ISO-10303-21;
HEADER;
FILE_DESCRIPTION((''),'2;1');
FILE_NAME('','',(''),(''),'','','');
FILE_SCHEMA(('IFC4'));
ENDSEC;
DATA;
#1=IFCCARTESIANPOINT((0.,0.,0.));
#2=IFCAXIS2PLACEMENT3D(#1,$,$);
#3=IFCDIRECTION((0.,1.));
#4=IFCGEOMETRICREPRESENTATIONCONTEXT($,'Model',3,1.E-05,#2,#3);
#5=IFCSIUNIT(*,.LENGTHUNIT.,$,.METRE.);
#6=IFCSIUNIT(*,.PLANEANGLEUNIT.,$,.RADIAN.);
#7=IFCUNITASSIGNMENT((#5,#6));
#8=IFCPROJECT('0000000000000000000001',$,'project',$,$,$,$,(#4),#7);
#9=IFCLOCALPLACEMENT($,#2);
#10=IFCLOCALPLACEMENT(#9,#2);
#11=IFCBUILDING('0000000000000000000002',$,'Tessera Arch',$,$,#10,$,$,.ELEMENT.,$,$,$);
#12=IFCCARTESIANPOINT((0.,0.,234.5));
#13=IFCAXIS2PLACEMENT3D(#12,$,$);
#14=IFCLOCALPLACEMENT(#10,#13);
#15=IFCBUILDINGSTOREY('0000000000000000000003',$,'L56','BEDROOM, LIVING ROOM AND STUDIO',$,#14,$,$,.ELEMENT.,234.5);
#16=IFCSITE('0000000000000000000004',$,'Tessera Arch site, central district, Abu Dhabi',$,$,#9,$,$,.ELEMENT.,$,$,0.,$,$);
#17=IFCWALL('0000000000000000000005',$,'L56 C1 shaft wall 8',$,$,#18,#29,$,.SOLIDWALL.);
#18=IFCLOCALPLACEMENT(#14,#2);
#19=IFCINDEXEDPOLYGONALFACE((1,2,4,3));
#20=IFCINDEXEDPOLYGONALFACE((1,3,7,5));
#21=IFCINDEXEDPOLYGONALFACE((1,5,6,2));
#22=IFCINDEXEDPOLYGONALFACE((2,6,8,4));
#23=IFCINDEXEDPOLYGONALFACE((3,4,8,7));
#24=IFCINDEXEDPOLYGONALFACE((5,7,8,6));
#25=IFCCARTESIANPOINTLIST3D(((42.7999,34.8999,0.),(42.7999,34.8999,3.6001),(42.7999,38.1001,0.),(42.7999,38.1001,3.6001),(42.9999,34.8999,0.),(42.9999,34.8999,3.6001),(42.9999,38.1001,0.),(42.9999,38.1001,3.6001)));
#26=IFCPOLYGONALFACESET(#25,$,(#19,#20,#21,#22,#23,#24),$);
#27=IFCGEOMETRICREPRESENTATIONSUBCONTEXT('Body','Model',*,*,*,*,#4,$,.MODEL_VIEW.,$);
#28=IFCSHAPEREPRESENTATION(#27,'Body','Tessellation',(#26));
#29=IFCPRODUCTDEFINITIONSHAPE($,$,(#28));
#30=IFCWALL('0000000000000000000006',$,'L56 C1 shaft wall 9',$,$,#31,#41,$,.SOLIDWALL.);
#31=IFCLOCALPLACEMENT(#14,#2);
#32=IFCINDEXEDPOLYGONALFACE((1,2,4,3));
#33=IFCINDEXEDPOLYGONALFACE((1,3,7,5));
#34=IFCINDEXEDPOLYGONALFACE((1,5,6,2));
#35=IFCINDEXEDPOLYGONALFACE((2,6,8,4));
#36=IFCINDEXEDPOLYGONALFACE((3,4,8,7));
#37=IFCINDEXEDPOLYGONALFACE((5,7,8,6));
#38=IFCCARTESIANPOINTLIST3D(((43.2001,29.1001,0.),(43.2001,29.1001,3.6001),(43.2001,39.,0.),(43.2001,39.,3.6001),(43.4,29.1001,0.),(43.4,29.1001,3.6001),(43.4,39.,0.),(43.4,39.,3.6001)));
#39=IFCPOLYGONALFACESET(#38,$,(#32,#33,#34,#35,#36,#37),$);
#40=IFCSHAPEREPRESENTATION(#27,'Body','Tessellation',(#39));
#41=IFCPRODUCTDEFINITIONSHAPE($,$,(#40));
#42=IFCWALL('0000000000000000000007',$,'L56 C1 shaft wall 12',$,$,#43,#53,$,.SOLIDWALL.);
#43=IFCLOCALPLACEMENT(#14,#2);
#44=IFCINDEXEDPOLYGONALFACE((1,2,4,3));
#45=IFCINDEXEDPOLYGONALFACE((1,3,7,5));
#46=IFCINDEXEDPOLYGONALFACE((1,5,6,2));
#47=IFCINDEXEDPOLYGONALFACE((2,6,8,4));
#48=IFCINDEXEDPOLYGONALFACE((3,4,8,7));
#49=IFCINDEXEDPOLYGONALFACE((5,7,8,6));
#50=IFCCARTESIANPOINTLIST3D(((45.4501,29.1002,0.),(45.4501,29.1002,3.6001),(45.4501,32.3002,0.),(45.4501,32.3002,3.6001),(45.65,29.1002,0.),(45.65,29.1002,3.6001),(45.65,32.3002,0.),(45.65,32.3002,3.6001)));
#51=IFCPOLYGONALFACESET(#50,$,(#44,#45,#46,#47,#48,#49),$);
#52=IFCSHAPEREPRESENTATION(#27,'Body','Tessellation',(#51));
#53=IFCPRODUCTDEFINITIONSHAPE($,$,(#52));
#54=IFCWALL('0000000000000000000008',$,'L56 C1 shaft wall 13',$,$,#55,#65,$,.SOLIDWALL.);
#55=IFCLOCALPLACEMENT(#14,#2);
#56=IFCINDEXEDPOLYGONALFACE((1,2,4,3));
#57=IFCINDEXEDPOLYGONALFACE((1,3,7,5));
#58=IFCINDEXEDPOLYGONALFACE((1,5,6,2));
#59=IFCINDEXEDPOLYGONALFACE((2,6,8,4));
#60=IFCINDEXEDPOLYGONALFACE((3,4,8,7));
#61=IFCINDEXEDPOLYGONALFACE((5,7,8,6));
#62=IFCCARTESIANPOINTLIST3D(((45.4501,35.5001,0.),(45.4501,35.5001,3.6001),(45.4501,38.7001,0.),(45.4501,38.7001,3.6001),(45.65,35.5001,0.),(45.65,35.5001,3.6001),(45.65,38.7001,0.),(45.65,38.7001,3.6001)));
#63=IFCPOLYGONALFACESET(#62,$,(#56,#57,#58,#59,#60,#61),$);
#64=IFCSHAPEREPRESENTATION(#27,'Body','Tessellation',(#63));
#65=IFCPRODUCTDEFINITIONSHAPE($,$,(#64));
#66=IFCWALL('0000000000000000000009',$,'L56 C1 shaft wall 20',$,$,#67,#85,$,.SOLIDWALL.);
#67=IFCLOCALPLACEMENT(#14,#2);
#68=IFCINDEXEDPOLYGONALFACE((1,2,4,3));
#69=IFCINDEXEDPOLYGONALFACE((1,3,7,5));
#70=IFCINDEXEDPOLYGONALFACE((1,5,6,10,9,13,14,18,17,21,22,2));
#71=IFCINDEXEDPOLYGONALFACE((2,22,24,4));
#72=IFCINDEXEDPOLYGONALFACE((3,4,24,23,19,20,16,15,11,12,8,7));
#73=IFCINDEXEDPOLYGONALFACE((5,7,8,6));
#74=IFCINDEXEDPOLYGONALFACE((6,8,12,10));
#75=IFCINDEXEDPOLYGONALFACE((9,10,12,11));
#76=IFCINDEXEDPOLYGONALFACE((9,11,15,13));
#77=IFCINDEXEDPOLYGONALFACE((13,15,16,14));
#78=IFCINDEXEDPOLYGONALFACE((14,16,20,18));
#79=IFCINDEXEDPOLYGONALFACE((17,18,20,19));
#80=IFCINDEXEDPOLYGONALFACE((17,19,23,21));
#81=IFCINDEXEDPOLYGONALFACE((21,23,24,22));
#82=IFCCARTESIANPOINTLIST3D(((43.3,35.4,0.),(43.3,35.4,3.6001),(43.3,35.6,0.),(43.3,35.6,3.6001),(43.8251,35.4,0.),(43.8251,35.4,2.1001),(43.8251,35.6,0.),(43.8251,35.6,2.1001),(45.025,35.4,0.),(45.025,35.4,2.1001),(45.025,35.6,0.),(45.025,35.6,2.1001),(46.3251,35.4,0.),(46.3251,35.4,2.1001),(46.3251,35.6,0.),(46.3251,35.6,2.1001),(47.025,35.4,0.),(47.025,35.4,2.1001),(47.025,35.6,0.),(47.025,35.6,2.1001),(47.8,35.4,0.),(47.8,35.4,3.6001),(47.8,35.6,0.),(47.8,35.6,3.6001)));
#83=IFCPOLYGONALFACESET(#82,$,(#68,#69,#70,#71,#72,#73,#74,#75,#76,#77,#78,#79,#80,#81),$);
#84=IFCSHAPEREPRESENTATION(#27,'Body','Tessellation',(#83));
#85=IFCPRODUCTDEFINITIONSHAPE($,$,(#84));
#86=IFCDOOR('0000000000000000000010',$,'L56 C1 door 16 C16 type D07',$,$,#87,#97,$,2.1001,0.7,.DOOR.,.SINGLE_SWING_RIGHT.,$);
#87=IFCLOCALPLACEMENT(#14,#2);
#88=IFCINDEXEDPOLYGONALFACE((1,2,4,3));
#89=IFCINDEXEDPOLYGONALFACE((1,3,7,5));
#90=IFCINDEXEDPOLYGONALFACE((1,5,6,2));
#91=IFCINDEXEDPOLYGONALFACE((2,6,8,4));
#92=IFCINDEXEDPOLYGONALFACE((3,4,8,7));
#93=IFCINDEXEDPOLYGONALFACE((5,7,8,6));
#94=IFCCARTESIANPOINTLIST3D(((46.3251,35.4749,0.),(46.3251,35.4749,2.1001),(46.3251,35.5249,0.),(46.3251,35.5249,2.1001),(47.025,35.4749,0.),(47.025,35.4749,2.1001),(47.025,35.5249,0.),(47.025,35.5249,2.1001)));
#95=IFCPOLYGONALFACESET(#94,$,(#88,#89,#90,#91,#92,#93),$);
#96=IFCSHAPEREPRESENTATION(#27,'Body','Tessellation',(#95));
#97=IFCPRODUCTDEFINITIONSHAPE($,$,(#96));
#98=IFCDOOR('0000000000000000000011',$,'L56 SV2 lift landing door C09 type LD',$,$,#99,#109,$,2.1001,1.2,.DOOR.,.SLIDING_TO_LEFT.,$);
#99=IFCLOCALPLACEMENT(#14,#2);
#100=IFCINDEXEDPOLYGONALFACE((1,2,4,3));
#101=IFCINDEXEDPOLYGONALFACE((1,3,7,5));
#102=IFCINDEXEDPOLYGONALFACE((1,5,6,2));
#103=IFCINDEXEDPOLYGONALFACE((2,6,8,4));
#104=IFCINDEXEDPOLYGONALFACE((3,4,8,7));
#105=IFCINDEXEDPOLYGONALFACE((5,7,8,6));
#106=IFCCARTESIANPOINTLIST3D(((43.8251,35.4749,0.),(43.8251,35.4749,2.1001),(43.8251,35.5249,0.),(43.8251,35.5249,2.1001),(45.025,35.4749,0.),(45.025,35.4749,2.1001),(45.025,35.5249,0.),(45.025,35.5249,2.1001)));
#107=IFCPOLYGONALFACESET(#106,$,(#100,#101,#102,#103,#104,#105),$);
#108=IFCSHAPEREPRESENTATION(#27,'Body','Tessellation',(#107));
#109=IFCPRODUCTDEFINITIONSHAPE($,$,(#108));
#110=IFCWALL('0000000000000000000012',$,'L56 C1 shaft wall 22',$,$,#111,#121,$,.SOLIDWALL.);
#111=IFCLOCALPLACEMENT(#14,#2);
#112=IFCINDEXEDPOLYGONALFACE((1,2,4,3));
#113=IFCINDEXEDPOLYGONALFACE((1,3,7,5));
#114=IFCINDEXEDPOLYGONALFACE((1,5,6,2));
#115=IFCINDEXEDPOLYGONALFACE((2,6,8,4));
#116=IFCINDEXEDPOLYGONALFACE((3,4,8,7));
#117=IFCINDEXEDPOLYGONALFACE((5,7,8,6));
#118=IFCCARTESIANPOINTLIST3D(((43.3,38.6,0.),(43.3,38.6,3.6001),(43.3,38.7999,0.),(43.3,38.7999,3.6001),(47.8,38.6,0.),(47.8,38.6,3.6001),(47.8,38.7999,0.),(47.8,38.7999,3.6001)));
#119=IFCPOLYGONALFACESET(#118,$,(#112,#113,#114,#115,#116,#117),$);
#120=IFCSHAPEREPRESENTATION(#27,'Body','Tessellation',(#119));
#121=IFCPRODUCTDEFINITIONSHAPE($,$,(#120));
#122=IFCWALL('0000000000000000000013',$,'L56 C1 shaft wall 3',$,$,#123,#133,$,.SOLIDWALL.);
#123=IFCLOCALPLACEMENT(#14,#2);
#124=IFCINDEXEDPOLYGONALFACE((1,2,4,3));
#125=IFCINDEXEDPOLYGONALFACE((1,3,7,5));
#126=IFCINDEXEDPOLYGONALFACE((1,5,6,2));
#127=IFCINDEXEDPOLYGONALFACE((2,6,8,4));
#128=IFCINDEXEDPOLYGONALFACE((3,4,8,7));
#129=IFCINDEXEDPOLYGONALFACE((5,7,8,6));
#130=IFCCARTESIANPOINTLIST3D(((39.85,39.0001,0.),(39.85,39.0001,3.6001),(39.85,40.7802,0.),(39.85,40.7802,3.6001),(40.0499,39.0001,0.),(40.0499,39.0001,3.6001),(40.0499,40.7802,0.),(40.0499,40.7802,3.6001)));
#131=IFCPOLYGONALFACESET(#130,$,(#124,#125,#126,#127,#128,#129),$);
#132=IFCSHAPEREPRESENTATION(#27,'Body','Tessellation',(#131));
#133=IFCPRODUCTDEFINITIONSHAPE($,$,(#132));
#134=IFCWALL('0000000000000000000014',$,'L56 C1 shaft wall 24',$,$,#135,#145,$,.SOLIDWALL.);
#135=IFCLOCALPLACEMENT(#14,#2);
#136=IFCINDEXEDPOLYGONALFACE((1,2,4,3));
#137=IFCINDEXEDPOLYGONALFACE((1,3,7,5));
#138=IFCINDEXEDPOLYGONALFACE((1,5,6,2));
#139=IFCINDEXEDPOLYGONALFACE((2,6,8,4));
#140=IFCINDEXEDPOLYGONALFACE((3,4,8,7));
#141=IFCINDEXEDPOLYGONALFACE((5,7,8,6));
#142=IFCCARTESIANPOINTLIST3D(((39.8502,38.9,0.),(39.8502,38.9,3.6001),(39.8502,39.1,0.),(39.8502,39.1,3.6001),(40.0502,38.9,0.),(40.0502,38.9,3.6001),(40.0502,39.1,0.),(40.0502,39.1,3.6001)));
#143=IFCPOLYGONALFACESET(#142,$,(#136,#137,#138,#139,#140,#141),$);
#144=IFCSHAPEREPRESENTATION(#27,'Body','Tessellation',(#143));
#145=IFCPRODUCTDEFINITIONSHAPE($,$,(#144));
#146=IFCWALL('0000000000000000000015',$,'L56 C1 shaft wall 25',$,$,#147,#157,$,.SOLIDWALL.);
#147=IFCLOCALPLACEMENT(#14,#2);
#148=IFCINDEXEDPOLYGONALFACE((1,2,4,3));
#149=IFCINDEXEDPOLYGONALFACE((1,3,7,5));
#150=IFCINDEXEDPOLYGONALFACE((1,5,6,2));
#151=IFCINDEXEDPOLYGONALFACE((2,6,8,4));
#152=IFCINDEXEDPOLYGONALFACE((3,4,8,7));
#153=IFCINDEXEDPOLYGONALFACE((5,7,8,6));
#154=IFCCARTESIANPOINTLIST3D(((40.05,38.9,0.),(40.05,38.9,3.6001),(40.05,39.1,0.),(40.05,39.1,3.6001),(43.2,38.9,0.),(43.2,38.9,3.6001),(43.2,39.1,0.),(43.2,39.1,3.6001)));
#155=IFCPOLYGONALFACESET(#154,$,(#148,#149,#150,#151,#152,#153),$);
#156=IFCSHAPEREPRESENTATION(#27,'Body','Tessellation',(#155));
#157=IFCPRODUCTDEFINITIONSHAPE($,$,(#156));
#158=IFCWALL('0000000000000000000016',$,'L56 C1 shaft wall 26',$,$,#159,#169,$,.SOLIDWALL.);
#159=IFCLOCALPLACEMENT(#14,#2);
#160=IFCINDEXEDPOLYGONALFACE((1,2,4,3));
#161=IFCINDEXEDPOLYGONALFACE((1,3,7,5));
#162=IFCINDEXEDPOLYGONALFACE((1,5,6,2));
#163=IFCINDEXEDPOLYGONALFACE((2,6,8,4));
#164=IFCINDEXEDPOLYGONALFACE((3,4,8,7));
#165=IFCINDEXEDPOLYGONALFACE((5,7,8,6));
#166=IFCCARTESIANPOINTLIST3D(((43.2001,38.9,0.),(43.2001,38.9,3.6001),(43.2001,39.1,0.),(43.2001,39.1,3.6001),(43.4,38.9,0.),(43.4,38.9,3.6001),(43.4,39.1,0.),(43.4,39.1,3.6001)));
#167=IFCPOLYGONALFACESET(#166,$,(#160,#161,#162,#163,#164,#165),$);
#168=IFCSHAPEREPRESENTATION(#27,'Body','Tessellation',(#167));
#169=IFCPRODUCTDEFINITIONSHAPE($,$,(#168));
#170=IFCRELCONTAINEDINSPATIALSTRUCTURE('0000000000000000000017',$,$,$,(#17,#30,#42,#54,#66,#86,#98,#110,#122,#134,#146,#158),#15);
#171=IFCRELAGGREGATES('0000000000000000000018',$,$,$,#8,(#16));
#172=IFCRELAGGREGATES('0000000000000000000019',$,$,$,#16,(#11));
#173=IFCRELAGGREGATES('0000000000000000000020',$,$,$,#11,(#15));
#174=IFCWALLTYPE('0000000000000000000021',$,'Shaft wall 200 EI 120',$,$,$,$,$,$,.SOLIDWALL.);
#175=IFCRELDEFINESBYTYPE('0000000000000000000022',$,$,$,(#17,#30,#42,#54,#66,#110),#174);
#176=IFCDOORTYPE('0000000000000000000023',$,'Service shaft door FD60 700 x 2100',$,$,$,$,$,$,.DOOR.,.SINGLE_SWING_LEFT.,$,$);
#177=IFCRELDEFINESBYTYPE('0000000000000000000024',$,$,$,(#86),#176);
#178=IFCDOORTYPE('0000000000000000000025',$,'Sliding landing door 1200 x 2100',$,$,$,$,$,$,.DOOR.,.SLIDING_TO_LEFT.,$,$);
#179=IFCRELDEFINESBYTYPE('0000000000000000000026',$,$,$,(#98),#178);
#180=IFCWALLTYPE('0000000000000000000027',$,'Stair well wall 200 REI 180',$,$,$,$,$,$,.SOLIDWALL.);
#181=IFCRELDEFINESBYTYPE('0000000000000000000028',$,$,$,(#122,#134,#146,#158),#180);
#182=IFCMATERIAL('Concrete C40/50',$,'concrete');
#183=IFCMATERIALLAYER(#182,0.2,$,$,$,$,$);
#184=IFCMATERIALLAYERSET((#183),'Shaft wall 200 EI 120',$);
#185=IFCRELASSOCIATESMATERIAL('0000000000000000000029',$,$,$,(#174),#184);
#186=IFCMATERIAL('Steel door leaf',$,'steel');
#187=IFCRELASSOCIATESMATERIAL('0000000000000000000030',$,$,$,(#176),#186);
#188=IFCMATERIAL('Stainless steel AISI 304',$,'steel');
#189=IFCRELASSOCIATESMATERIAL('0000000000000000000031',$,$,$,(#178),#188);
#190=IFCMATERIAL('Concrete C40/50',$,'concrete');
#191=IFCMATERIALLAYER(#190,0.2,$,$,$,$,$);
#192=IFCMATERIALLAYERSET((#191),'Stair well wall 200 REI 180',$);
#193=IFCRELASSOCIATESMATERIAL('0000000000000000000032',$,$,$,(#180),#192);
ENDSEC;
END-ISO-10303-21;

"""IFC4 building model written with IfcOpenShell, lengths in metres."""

from ifc_helpers import new_model, si_unit, direction, frame, frame_2d, origin, place, context, subcontext, project, spatial, rectangle, extrude, material, layer, layer_set, type_object, element, fill, save


model = new_model("IFC4")

# Units and contexts
model_context = context("Model", 3, precision=1e-05, world=origin(), true_north=direction((0.0, 1.0)))
body_context = subcontext(model_context, "Body", "Model", "MODEL_VIEW")
ifc_project = project(units=[si_unit("LENGTHUNIT", "METRE"), si_unit("PLANEANGLEUNIT", "RADIAN")], contexts=[model_context])

# Site, building, storey
site_placement = place(None, origin())
site = spatial("IfcSite", under=ifc_project, at=site_placement, Name="Tessera Arch site, central district, Abu Dhabi", CompositionType="ELEMENT", RefElevation=0.0)
building_placement = place(site_placement, origin())
building = spatial("IfcBuilding", under=site, at=building_placement, Name="Tessera Arch", CompositionType="ELEMENT")
storey_placement = place(building_placement, frame((0.0, 0.0, 234.5)))
storey = spatial("IfcBuildingStorey", under=building, at=storey_placement, Name="L56", Description="BEDROOM, LIVING ROOM AND STUDIO", CompositionType="ELEMENT", Elevation=234.5)

# Walls
ifc_material_1 = material(Name="Concrete C40/50", Category="concrete")
ifc_layer_1 = layer(ifc_material_1, 0.2)
ifc_layer_set_1 = layer_set([ifc_layer_1], Name="Shaft wall 200 EI 120")
wall_type_1 = type_object("IfcWallType", Name="Shaft wall 200 EI 120", PredefinedType="SOLIDWALL", material=ifc_layer_set_1)
wall_1_placement = place(storey_placement, frame((42.8999, 34.8999, 0.0), z_axis=(0.0, 0.0, 1.0), x_axis=(0.0, 1.0, 0.0)))
element("IfcWall", 1, at=wall_1_placement, inside=storey, type_object=wall_type_1, Name="L56 C1 shaft wall 8", PredefinedType="SOLIDWALL", context=body_context, shape_type="SweptSolid", body=[
    extrude(rectangle(XDim=3.2002, YDim=0.2, at=frame_2d((1.6001, 0.0))), origin(), (0.0, 0.0, 1.0), 3.6001),
])
wall_2_placement = place(storey_placement, frame((43.3, 29.1001, 0.0), z_axis=(0.0, 0.0, 1.0), x_axis=(0.0, 1.0, 0.0)))
element("IfcWall", 2, at=wall_2_placement, inside=storey, type_object=wall_type_1, Name="L56 C1 shaft wall 9", PredefinedType="SOLIDWALL", context=body_context, shape_type="SweptSolid", body=[
    extrude(rectangle(XDim=9.8999, YDim=0.2, at=frame_2d((4.95, 0.0))), origin(), (0.0, 0.0, 1.0), 3.6001),
])
for number, where, z_axis, x_axis, name in (
    (3, (45.55, 29.1001, 0.0), (0.0, 0.0, 1.0), (0.0, 1.0, 0.0), "L56 C1 shaft wall 12"),
    (4, (45.55, 35.5, 0.0), (0.0, 0.0, 1.0), (0.0, 1.0, 0.0), "L56 C1 shaft wall 13"),
):
    element("IfcWall", number, at=place(storey_placement, frame(where, z_axis=z_axis, x_axis=x_axis)), inside=storey, type_object=wall_type_1, Name=name, PredefinedType="SOLIDWALL", context=body_context, shape_type="SweptSolid", body=[
        extrude(rectangle(XDim=3.2, YDim=0.2, at=frame_2d((1.6001, 0.0))), origin(), (0.0, 0.0, 1.0), 3.6001),
    ])

# Wall, openings, doors
wall_3_placement = place(storey_placement, frame((43.3, 35.5, 0.0), z_axis=(0.0, 0.0, 1.0), x_axis=(1.0, 0.0, 0.0)))
wall_3 = element("IfcWall", 5, at=wall_3_placement, inside=storey, type_object=wall_type_1, Name="L56 C1 shaft wall 20", PredefinedType="SOLIDWALL", context=body_context, shape_type="SweptSolid", body=[
    extrude(rectangle(XDim=4.5, YDim=0.2, at=frame_2d((2.25, 0.0))), origin(), (0.0, 0.0, 1.0), 3.6001),
])
opening_1_placement = place(wall_3_placement, frame((0.5249, 0.0, 0.0)))
opening_1 = element("IfcOpeningElement", 6, at=opening_1_placement, cuts=wall_3, PredefinedType="OPENING", context=body_context, shape_type="SweptSolid", body=[
    extrude(rectangle(XDim=1.2, YDim=2.1001, at=frame_2d((0.6001, 1.05))), frame((0.0, 0.1099, 0.0), z_axis=(0.0, -1.0, 0.0), x_axis=(1.0, 0.0, 0.0)), (0.0, 0.0, 1.0), 0.22),
])
opening_2_placement = place(wall_3_placement, frame((3.0249, 0.0, 0.0)))
opening_2 = element("IfcOpeningElement", 7, at=opening_2_placement, cuts=wall_3, PredefinedType="OPENING", context=body_context, shape_type="SweptSolid", body=[
    extrude(rectangle(XDim=0.7, YDim=2.1001, at=frame_2d((0.3501, 1.05))), frame((0.0, 0.1099, 0.0), z_axis=(0.0, -1.0, 0.0), x_axis=(1.0, 0.0, 0.0)), (0.0, 0.0, 1.0), 0.22),
])
ifc_material_2 = material(Name="Steel door leaf", Category="steel")
door_type_1 = type_object("IfcDoorType", Name="Service shaft door FD60 700 x 2100", OperationType="SINGLE_SWING_LEFT", PredefinedType="DOOR", material=ifc_material_2)
door_1_placement = place(opening_2_placement, origin())
door_1 = element("IfcDoor", 8, at=door_1_placement, inside=storey, type_object=door_type_1, Name="L56 C1 door 16 C16 type D07", OperationType="SINGLE_SWING_RIGHT", OverallHeight=2.1001, OverallWidth=0.7, PredefinedType="DOOR", context=body_context, shape_type="SweptSolid", body=[
    extrude(rectangle(XDim=0.7, YDim=2.1001, at=frame_2d((0.3501, 1.05))), frame((0.0, 0.0249, 0.0), z_axis=(0.0, -1.0, 0.0), x_axis=(1.0, 0.0, 0.0)), (0.0, 0.0, 1.0), 0.05),
])
fill(opening_2, door_1)
ifc_material_3 = material(Name="Stainless steel AISI 304", Category="steel")
door_type_2 = type_object("IfcDoorType", Name="Sliding landing door 1200 x 2100", OperationType="SLIDING_TO_LEFT", PredefinedType="DOOR", material=ifc_material_3)
door_2_placement = place(opening_1_placement, origin())
door_2 = element("IfcDoor", 9, at=door_2_placement, inside=storey, type_object=door_type_2, Name="L56 SV2 lift landing door C09 type LD", OperationType="SLIDING_TO_LEFT", OverallHeight=2.1001, OverallWidth=1.2, PredefinedType="DOOR", context=body_context, shape_type="SweptSolid", body=[
    extrude(rectangle(XDim=1.2, YDim=2.1001, at=frame_2d((0.6001, 1.05))), frame((0.0, 0.0249, 0.0), z_axis=(0.0, -1.0, 0.0), x_axis=(1.0, 0.0, 0.0)), (0.0, 0.0, 1.0), 0.05),
])
fill(opening_1, door_2)

# Walls
wall_4_placement = place(storey_placement, frame((43.3, 38.7, 0.0), z_axis=(0.0, 0.0, 1.0), x_axis=(1.0, 0.0, 0.0)))
element("IfcWall", 10, at=wall_4_placement, inside=storey, type_object=wall_type_1, Name="L56 C1 shaft wall 22", PredefinedType="SOLIDWALL", context=body_context, shape_type="SweptSolid", body=[
    extrude(rectangle(XDim=4.5, YDim=0.2, at=frame_2d((2.25, 0.0))), origin(), (0.0, 0.0, 1.0), 3.6001),
])
ifc_material_4 = material(Name="Concrete C40/50", Category="concrete")
ifc_layer_2 = layer(ifc_material_4, 0.2)
ifc_layer_set_2 = layer_set([ifc_layer_2], Name="Stair well wall 200 REI 180")
wall_type_2 = type_object("IfcWallType", Name="Stair well wall 200 REI 180", PredefinedType="SOLIDWALL", material=ifc_layer_set_2)
wall_5_placement = place(storey_placement, frame((39.95, 39.0, 0.0), z_axis=(0.0, 0.0, 1.0), x_axis=(0.0, 1.0, 0.0)))
element("IfcWall", 11, at=wall_5_placement, inside=storey, type_object=wall_type_2, Name="L56 C1 shaft wall 3", PredefinedType="SOLIDWALL", context=body_context, shape_type="SweptSolid", body=[
    extrude(rectangle(XDim=1.78, YDim=0.2, at=frame_2d((0.8901, 0.0))), origin(), (0.0, 0.0, 1.0), 3.6001),
])
wall_6_placement = place(storey_placement, frame((39.8501, 39.0, 0.0), z_axis=(0.0, 0.0, 1.0), x_axis=(1.0, 0.0, 0.0)))
element("IfcWall", 12, at=wall_6_placement, inside=storey, type_object=wall_type_2, Name="L56 C1 shaft wall 24", PredefinedType="SOLIDWALL", context=body_context, shape_type="SweptSolid", body=[
    extrude(rectangle(XDim=0.2, YDim=0.2, at=frame_2d((0.1001, 0.0))), origin(), (0.0, 0.0, 1.0), 3.6001),
])
wall_7_placement = place(storey_placement, frame((40.05, 39.0, 0.0), z_axis=(0.0, 0.0, 1.0), x_axis=(1.0, 0.0, 0.0)))
element("IfcWall", 13, at=wall_7_placement, inside=storey, type_object=wall_type_2, Name="L56 C1 shaft wall 25", PredefinedType="SOLIDWALL", context=body_context, shape_type="SweptSolid", body=[
    extrude(rectangle(XDim=3.1499, YDim=0.2, at=frame_2d((1.575, 0.0))), origin(), (0.0, 0.0, 1.0), 3.6001),
])
wall_8_placement = place(storey_placement, frame((43.2, 39.0, 0.0), z_axis=(0.0, 0.0, 1.0), x_axis=(1.0, 0.0, 0.0)))
element("IfcWall", 14, at=wall_8_placement, inside=storey, type_object=wall_type_2, Name="L56 C1 shaft wall 26", PredefinedType="SOLIDWALL", context=body_context, shape_type="SweptSolid", body=[
    extrude(rectangle(XDim=0.2, YDim=0.2, at=frame_2d((0.1001, 0.0))), origin(), (0.0, 0.0, 1.0), 3.6001),
])

save(model, "model.ifc")
